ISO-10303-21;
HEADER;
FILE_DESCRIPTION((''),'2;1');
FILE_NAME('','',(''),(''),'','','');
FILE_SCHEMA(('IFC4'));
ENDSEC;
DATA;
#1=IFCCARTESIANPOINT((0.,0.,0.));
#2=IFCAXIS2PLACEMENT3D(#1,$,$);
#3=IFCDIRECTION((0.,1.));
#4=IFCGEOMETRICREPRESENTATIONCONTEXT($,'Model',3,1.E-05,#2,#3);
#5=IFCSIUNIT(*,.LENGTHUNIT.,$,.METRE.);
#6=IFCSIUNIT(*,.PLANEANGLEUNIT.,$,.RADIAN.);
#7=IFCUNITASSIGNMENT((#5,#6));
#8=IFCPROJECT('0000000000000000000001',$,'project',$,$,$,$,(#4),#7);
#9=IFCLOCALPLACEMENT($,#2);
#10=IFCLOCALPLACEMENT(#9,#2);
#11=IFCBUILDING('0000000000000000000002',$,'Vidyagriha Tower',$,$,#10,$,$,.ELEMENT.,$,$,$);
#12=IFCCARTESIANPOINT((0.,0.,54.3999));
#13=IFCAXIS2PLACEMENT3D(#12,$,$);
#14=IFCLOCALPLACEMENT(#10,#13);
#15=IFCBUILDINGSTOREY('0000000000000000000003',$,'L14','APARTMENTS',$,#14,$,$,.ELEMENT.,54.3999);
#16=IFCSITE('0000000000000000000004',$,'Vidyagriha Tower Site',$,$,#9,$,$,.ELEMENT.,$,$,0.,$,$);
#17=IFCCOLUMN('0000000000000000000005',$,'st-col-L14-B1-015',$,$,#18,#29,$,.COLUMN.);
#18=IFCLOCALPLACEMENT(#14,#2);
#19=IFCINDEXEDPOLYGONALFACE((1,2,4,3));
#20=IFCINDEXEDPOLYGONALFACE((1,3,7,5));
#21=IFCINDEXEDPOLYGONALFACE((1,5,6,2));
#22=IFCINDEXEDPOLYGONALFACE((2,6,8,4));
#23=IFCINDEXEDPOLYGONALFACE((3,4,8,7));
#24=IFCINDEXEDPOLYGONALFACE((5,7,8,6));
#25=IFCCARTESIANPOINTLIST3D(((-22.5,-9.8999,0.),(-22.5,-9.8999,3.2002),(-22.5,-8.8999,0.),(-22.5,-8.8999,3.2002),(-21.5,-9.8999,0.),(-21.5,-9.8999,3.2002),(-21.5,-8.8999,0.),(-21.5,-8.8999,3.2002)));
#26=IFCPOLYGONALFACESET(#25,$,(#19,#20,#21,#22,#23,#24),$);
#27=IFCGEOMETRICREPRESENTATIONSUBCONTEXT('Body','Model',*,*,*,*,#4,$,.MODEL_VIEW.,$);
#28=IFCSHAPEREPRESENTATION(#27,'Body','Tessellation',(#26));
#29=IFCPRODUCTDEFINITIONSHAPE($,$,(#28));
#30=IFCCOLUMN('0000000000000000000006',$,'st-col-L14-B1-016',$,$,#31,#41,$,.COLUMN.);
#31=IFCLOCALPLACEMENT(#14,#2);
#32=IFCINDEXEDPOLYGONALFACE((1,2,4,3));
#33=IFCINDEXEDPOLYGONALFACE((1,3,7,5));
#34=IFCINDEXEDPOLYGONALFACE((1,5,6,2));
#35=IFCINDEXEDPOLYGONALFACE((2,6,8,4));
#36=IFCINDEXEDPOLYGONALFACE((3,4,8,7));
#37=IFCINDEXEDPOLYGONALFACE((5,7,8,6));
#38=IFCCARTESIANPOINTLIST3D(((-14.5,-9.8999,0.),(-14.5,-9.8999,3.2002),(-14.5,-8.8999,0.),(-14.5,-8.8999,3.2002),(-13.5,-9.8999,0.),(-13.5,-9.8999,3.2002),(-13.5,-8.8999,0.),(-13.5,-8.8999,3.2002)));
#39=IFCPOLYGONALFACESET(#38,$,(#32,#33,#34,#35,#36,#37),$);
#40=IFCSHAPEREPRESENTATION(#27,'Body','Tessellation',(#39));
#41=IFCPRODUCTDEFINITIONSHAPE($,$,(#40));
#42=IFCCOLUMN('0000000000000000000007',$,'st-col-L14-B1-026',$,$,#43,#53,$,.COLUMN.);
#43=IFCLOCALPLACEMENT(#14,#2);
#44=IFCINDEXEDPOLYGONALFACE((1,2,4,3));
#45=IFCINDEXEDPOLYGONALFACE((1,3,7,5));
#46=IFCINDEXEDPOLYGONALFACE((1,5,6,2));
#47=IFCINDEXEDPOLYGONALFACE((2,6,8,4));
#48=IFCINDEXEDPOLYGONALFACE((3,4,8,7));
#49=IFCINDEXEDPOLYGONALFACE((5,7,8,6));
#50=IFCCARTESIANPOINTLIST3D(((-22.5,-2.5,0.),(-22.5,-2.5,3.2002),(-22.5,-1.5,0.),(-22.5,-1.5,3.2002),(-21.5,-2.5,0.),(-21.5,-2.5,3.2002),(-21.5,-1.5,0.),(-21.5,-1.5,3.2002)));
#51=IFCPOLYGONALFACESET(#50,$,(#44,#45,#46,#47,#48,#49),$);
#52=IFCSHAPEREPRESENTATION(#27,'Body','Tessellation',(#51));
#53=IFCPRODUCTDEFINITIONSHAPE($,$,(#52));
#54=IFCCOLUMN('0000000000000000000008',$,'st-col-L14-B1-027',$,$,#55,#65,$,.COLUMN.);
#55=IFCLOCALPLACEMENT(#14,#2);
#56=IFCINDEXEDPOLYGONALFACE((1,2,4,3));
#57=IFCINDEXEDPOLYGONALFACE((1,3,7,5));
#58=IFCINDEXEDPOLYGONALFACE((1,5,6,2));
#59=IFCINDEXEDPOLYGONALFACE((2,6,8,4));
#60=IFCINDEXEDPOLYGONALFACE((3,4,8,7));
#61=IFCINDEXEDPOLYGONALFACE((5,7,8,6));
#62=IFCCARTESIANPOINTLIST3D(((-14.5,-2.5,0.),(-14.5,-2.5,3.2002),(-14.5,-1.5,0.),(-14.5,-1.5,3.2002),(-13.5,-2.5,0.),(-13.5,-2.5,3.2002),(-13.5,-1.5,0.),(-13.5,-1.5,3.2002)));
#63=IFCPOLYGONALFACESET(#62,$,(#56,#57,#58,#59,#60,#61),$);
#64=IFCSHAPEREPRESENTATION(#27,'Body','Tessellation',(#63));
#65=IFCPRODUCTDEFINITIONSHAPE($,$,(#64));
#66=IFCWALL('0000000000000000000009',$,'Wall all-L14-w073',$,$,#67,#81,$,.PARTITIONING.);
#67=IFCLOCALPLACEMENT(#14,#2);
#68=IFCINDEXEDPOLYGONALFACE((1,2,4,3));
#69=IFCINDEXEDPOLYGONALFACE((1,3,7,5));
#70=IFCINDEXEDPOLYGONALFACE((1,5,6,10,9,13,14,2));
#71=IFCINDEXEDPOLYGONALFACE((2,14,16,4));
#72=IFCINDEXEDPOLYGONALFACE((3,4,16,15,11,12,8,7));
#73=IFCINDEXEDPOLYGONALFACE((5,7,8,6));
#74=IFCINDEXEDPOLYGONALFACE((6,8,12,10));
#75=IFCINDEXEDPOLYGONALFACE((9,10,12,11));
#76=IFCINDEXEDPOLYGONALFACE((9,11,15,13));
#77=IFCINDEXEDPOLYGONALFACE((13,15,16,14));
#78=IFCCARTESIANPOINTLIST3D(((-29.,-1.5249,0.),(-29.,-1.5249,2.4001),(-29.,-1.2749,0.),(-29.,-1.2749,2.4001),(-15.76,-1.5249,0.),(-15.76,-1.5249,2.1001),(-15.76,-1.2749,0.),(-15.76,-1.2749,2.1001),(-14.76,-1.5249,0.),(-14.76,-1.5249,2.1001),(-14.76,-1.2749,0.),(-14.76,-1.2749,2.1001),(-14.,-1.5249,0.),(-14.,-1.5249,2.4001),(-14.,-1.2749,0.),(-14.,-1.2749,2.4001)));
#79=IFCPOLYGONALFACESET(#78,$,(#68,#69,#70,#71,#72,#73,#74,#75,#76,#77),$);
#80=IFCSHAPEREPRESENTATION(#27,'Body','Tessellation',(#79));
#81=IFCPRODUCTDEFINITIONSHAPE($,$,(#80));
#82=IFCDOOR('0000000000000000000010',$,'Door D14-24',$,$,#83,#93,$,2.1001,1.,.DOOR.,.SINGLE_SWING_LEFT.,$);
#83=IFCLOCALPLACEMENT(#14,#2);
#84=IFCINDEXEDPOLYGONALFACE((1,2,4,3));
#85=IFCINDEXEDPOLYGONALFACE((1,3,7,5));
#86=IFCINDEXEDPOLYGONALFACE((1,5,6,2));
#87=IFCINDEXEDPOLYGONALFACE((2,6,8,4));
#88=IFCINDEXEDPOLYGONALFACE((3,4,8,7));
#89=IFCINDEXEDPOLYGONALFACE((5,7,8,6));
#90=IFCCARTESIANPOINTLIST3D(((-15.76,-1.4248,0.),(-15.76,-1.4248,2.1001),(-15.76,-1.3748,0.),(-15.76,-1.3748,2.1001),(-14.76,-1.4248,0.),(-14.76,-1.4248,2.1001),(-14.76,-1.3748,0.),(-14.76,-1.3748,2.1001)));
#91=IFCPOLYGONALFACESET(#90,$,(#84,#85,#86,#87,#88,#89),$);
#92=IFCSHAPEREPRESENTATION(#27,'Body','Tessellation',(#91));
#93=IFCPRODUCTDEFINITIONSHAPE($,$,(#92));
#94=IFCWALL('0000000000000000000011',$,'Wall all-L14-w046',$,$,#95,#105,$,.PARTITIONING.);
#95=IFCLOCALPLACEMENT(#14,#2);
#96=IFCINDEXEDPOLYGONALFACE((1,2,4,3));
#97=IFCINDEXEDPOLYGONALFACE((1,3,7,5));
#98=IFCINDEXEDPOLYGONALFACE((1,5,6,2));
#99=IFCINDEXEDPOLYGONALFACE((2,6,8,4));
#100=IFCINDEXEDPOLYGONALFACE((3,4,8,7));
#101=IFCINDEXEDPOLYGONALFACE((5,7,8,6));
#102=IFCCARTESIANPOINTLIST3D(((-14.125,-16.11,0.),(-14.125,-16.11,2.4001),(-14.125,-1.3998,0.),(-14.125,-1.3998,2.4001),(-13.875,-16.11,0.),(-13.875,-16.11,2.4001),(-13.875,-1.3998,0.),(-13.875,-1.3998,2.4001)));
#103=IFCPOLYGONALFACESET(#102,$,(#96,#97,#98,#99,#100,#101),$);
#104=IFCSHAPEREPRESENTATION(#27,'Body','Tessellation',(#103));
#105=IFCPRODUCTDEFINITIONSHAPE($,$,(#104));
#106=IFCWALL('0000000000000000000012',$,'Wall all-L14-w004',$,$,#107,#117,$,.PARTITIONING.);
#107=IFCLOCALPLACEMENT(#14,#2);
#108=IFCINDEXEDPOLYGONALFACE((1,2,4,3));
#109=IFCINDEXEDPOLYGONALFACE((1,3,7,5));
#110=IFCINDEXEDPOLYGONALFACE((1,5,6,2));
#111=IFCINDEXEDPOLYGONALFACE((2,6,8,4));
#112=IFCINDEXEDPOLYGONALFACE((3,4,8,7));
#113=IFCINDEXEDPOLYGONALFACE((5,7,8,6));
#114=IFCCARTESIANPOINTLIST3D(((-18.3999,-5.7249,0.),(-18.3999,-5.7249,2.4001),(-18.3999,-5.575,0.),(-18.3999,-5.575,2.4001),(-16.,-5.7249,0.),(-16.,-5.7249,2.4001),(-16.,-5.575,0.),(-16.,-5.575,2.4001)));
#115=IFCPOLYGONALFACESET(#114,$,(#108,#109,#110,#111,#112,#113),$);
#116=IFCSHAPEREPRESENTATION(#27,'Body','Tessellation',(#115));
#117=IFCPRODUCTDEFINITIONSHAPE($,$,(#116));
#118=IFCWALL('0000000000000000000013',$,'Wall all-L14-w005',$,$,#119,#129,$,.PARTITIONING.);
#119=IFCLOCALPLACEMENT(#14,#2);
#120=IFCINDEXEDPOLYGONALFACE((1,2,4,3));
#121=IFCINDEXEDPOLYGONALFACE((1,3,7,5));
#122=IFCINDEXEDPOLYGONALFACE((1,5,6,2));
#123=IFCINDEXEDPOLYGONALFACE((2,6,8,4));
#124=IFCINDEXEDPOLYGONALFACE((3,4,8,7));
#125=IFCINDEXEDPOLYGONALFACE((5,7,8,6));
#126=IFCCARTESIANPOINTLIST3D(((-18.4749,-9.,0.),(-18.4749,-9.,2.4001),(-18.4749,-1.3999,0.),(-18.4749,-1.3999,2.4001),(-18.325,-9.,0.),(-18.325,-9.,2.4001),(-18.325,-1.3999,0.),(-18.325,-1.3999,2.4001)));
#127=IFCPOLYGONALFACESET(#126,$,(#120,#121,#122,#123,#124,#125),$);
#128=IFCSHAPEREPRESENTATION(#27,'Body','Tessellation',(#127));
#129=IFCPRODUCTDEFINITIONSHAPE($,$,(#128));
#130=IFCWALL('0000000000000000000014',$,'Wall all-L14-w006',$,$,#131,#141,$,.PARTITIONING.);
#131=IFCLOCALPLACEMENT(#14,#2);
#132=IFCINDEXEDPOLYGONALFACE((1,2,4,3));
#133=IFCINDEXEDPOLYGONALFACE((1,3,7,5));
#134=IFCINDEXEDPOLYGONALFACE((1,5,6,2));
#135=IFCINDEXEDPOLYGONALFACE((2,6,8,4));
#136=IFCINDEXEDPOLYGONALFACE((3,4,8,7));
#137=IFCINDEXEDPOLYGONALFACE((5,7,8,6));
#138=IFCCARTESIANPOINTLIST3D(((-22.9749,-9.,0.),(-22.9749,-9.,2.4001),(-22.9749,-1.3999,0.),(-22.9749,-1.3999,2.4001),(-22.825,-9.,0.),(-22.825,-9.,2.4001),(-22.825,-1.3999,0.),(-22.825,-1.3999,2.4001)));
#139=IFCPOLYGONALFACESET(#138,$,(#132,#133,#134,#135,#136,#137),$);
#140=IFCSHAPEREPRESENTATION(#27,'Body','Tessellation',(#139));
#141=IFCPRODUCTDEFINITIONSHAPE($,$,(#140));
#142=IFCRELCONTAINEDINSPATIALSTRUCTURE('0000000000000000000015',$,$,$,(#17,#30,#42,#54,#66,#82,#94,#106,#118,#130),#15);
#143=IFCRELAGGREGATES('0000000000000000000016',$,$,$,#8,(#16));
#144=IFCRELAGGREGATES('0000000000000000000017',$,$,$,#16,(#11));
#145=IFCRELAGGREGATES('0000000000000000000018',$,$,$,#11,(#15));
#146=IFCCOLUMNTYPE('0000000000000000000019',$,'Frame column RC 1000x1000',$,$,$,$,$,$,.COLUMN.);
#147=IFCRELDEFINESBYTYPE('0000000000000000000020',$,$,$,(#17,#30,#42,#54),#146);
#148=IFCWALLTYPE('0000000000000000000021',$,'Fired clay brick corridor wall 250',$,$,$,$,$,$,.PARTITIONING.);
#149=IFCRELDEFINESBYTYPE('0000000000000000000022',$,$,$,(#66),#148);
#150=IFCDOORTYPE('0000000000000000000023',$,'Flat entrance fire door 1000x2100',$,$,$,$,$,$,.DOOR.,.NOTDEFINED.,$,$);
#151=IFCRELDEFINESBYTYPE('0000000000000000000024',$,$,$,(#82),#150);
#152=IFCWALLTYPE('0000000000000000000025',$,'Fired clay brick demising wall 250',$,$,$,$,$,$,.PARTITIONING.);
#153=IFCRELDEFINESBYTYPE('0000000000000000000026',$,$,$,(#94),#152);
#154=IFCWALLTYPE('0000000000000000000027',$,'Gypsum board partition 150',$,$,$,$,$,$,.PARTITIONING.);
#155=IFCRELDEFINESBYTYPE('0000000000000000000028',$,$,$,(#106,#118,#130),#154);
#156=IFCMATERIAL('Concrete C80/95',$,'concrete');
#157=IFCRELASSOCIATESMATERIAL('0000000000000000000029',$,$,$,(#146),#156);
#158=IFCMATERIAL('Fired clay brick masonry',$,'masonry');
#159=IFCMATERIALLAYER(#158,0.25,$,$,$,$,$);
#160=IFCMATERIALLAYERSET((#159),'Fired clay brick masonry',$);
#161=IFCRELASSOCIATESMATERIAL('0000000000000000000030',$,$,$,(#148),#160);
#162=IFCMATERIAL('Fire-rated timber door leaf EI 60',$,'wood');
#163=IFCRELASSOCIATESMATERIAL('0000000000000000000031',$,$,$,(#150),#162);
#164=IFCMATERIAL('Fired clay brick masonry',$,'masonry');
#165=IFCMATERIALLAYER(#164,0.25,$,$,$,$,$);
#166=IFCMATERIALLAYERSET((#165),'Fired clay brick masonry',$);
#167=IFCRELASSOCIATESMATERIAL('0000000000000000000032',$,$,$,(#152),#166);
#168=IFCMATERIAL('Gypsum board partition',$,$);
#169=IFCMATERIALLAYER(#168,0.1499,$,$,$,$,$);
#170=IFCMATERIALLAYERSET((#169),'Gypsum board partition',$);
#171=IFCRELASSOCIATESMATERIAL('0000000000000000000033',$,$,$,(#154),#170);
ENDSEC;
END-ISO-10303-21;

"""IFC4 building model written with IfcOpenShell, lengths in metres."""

from ifc_helpers import new_model, si_unit, direction, frame, frame_2d, origin, origin_2d, place, context, subcontext, project, spatial, rectangle, extrude, material, layer, layer_set, material_profile, profile_set, type_object, element, fill, save


model = new_model("IFC4")

# Units and contexts
model_context = context("Model", 3, precision=1e-05, world=origin(), true_north=direction((0.0, 1.0)))
body_context = subcontext(model_context, "Body", "Model", "MODEL_VIEW")
ifc_project = project(units=[si_unit("LENGTHUNIT", "METRE"), si_unit("PLANEANGLEUNIT", "RADIAN")], contexts=[model_context])

# Site, building, storey
site_placement = place(None, origin())
site = spatial("IfcSite", under=ifc_project, at=site_placement, Name="Vidyagriha Tower Site", CompositionType="ELEMENT", RefElevation=0.0)
building_placement = place(site_placement, origin())
building = spatial("IfcBuilding", under=site, at=building_placement, Name="Vidyagriha Tower", CompositionType="ELEMENT")
storey_placement = place(building_placement, frame((0.0, 0.0, 54.3999)))
storey = spatial("IfcBuildingStorey", under=building, at=storey_placement, Name="L14", Description="APARTMENTS", CompositionType="ELEMENT", Elevation=54.3999)

# Columns
ifc_material_1 = material(Name="Concrete C80/95", Category="concrete")
ifc_material_profile = material_profile(ifc_material_1, rectangle(XDim=1.0, YDim=1.0, at=origin_2d()), Name="RC 1000x1000")
ifc_profile_set = profile_set([ifc_material_profile], Name="Concrete C80/95")
column_type = type_object("IfcColumnType", Name="Frame column RC 1000x1000", PredefinedType="COLUMN", material=ifc_profile_set)
for number, where, name in (
    (1, (-22.0, -9.3999, 0.0), "st-col-L14-B1-015"),
    (2, (-14.0, -9.3999, 0.0), "st-col-L14-B1-016"),
    (3, (-22.0, -2.0, 0.0), "st-col-L14-B1-026"),
    (4, (-14.0, -2.0, 0.0), "st-col-L14-B1-027"),
):
    element("IfcColumn", number, at=place(storey_placement, frame(where)), inside=storey, type_object=column_type, Name=name, PredefinedType="COLUMN", context=body_context, shape_type="SweptSolid", body=[
        extrude(rectangle(XDim=1.0, YDim=1.0, at=origin_2d()), origin(), (0.0, 0.0, 1.0), 3.2002),
    ])

# Wall, opening, door
ifc_material_2 = material(Name="Fired clay brick masonry", Category="masonry")
ifc_layer_1 = layer(ifc_material_2, 0.25)
ifc_layer_set_1 = layer_set([ifc_layer_1], Name="Fired clay brick masonry")
wall_type_1 = type_object("IfcWallType", Name="Fired clay brick corridor wall 250", PredefinedType="PARTITIONING", material=ifc_layer_set_1)
wall_1_placement = place(storey_placement, frame((-14.0, -1.3999, 0.0), z_axis=(0.0, 0.0, 1.0), x_axis=(-1.0, 0.0, 0.0)))
wall_1 = element("IfcWall", 5, at=wall_1_placement, inside=storey, type_object=wall_type_1, Name="Wall all-L14-w073", PredefinedType="PARTITIONING", context=body_context, shape_type="SweptSolid", body=[
    extrude(rectangle(XDim=15.0, YDim=0.25, at=frame_2d((7.5, 0.0))), origin(), (0.0, 0.0, 1.0), 2.4001),
])
opening_1_placement = place(wall_1_placement, frame((0.76, 0.0, 0.0)))
opening_1 = element("IfcOpeningElement", 6, at=opening_1_placement, cuts=wall_1, PredefinedType="OPENING", context=body_context, shape_type="SweptSolid", body=[
    extrude(rectangle(XDim=1.0, YDim=2.1001, at=frame_2d((0.5, 1.05))), frame((0.0, 0.135, 0.0), z_axis=(0.0, -1.0, 0.0), x_axis=(1.0, 0.0, 0.0)), (0.0, 0.0, 1.0), 0.27),
])
ifc_material_3 = material(Name="Fire-rated timber door leaf EI 60", Category="wood")
door_type_1 = type_object("IfcDoorType", Name="Flat entrance fire door 1000x2100", OperationType="NOTDEFINED", PredefinedType="DOOR", material=ifc_material_3)
door_1_placement = place(opening_1_placement, origin())
door_1 = element("IfcDoor", 7, at=door_1_placement, inside=storey, type_object=door_type_1, Name="Door D14-24", OperationType="SINGLE_SWING_LEFT", OverallHeight=2.1001, OverallWidth=1.0, PredefinedType="DOOR", context=body_context, shape_type="SweptSolid", body=[
    extrude(rectangle(XDim=1.0, YDim=2.1001, at=frame_2d((0.5, 1.05))), frame((0.0, 0.0249, 0.0), z_axis=(0.0, -1.0, 0.0), x_axis=(1.0, 0.0, 0.0)), (0.0, 0.0, 1.0), 0.05),
])
fill(opening_1, door_1)

# Walls
ifc_material_4 = material(Name="Fired clay brick masonry", Category="masonry")
ifc_layer_2 = layer(ifc_material_4, 0.25)
ifc_layer_set_2 = layer_set([ifc_layer_2], Name="Fired clay brick masonry")
wall_type_2 = type_object("IfcWallType", Name="Fired clay brick demising wall 250", PredefinedType="PARTITIONING", material=ifc_layer_set_2)
wall_2_placement = place(storey_placement, frame((-14.0, -1.3999, 0.0), z_axis=(0.0, 0.0, 1.0), x_axis=(0.0, -1.0, 0.0)))
element("IfcWall", 8, at=wall_2_placement, inside=storey, type_object=wall_type_2, Name="Wall all-L14-w046", PredefinedType="PARTITIONING", context=body_context, shape_type="SweptSolid", body=[
    extrude(rectangle(XDim=14.7102, YDim=0.25, at=frame_2d((7.355, 0.0))), origin(), (0.0, 0.0, 1.0), 2.4001),
])
ifc_material_5 = material(Name="Gypsum board partition")
ifc_layer_3 = layer(ifc_material_5, 0.1499)
ifc_layer_set_3 = layer_set([ifc_layer_3], Name="Gypsum board partition")
wall_type_3 = type_object("IfcWallType", Name="Gypsum board partition 150", PredefinedType="PARTITIONING", material=ifc_layer_set_3)
wall_3_placement = place(storey_placement, frame((-16.0, -5.6499, 0.0), z_axis=(0.0, 0.0, 1.0), x_axis=(-1.0, 0.0, 0.0)))
element("IfcWall", 9, at=wall_3_placement, inside=storey, type_object=wall_type_3, Name="Wall all-L14-w004", PredefinedType="PARTITIONING", context=body_context, shape_type="SweptSolid", body=[
    extrude(rectangle(XDim=2.3999, YDim=0.1499, at=frame_2d((1.2, 0.0))), origin(), (0.0, 0.0, 1.0), 2.4001),
])
for number, where, z_axis, x_axis, name in (
    (10, (-18.3999, -9.0, 0.0), (0.0, 0.0, 1.0), (0.0, 1.0, 0.0), "Wall all-L14-w005"),
    (11, (-22.8999, -9.0, 0.0), (0.0, 0.0, 1.0), (0.0, 1.0, 0.0), "Wall all-L14-w006"),
):
    element("IfcWall", number, at=place(storey_placement, frame(where, z_axis=z_axis, x_axis=x_axis)), inside=storey, type_object=wall_type_3, Name=name, PredefinedType="PARTITIONING", context=body_context, shape_type="SweptSolid", body=[
        extrude(rectangle(XDim=7.6001, YDim=0.1499, at=frame_2d((3.8, 0.0))), origin(), (0.0, 0.0, 1.0), 2.4001),
    ])

save(model, "model.ifc")
